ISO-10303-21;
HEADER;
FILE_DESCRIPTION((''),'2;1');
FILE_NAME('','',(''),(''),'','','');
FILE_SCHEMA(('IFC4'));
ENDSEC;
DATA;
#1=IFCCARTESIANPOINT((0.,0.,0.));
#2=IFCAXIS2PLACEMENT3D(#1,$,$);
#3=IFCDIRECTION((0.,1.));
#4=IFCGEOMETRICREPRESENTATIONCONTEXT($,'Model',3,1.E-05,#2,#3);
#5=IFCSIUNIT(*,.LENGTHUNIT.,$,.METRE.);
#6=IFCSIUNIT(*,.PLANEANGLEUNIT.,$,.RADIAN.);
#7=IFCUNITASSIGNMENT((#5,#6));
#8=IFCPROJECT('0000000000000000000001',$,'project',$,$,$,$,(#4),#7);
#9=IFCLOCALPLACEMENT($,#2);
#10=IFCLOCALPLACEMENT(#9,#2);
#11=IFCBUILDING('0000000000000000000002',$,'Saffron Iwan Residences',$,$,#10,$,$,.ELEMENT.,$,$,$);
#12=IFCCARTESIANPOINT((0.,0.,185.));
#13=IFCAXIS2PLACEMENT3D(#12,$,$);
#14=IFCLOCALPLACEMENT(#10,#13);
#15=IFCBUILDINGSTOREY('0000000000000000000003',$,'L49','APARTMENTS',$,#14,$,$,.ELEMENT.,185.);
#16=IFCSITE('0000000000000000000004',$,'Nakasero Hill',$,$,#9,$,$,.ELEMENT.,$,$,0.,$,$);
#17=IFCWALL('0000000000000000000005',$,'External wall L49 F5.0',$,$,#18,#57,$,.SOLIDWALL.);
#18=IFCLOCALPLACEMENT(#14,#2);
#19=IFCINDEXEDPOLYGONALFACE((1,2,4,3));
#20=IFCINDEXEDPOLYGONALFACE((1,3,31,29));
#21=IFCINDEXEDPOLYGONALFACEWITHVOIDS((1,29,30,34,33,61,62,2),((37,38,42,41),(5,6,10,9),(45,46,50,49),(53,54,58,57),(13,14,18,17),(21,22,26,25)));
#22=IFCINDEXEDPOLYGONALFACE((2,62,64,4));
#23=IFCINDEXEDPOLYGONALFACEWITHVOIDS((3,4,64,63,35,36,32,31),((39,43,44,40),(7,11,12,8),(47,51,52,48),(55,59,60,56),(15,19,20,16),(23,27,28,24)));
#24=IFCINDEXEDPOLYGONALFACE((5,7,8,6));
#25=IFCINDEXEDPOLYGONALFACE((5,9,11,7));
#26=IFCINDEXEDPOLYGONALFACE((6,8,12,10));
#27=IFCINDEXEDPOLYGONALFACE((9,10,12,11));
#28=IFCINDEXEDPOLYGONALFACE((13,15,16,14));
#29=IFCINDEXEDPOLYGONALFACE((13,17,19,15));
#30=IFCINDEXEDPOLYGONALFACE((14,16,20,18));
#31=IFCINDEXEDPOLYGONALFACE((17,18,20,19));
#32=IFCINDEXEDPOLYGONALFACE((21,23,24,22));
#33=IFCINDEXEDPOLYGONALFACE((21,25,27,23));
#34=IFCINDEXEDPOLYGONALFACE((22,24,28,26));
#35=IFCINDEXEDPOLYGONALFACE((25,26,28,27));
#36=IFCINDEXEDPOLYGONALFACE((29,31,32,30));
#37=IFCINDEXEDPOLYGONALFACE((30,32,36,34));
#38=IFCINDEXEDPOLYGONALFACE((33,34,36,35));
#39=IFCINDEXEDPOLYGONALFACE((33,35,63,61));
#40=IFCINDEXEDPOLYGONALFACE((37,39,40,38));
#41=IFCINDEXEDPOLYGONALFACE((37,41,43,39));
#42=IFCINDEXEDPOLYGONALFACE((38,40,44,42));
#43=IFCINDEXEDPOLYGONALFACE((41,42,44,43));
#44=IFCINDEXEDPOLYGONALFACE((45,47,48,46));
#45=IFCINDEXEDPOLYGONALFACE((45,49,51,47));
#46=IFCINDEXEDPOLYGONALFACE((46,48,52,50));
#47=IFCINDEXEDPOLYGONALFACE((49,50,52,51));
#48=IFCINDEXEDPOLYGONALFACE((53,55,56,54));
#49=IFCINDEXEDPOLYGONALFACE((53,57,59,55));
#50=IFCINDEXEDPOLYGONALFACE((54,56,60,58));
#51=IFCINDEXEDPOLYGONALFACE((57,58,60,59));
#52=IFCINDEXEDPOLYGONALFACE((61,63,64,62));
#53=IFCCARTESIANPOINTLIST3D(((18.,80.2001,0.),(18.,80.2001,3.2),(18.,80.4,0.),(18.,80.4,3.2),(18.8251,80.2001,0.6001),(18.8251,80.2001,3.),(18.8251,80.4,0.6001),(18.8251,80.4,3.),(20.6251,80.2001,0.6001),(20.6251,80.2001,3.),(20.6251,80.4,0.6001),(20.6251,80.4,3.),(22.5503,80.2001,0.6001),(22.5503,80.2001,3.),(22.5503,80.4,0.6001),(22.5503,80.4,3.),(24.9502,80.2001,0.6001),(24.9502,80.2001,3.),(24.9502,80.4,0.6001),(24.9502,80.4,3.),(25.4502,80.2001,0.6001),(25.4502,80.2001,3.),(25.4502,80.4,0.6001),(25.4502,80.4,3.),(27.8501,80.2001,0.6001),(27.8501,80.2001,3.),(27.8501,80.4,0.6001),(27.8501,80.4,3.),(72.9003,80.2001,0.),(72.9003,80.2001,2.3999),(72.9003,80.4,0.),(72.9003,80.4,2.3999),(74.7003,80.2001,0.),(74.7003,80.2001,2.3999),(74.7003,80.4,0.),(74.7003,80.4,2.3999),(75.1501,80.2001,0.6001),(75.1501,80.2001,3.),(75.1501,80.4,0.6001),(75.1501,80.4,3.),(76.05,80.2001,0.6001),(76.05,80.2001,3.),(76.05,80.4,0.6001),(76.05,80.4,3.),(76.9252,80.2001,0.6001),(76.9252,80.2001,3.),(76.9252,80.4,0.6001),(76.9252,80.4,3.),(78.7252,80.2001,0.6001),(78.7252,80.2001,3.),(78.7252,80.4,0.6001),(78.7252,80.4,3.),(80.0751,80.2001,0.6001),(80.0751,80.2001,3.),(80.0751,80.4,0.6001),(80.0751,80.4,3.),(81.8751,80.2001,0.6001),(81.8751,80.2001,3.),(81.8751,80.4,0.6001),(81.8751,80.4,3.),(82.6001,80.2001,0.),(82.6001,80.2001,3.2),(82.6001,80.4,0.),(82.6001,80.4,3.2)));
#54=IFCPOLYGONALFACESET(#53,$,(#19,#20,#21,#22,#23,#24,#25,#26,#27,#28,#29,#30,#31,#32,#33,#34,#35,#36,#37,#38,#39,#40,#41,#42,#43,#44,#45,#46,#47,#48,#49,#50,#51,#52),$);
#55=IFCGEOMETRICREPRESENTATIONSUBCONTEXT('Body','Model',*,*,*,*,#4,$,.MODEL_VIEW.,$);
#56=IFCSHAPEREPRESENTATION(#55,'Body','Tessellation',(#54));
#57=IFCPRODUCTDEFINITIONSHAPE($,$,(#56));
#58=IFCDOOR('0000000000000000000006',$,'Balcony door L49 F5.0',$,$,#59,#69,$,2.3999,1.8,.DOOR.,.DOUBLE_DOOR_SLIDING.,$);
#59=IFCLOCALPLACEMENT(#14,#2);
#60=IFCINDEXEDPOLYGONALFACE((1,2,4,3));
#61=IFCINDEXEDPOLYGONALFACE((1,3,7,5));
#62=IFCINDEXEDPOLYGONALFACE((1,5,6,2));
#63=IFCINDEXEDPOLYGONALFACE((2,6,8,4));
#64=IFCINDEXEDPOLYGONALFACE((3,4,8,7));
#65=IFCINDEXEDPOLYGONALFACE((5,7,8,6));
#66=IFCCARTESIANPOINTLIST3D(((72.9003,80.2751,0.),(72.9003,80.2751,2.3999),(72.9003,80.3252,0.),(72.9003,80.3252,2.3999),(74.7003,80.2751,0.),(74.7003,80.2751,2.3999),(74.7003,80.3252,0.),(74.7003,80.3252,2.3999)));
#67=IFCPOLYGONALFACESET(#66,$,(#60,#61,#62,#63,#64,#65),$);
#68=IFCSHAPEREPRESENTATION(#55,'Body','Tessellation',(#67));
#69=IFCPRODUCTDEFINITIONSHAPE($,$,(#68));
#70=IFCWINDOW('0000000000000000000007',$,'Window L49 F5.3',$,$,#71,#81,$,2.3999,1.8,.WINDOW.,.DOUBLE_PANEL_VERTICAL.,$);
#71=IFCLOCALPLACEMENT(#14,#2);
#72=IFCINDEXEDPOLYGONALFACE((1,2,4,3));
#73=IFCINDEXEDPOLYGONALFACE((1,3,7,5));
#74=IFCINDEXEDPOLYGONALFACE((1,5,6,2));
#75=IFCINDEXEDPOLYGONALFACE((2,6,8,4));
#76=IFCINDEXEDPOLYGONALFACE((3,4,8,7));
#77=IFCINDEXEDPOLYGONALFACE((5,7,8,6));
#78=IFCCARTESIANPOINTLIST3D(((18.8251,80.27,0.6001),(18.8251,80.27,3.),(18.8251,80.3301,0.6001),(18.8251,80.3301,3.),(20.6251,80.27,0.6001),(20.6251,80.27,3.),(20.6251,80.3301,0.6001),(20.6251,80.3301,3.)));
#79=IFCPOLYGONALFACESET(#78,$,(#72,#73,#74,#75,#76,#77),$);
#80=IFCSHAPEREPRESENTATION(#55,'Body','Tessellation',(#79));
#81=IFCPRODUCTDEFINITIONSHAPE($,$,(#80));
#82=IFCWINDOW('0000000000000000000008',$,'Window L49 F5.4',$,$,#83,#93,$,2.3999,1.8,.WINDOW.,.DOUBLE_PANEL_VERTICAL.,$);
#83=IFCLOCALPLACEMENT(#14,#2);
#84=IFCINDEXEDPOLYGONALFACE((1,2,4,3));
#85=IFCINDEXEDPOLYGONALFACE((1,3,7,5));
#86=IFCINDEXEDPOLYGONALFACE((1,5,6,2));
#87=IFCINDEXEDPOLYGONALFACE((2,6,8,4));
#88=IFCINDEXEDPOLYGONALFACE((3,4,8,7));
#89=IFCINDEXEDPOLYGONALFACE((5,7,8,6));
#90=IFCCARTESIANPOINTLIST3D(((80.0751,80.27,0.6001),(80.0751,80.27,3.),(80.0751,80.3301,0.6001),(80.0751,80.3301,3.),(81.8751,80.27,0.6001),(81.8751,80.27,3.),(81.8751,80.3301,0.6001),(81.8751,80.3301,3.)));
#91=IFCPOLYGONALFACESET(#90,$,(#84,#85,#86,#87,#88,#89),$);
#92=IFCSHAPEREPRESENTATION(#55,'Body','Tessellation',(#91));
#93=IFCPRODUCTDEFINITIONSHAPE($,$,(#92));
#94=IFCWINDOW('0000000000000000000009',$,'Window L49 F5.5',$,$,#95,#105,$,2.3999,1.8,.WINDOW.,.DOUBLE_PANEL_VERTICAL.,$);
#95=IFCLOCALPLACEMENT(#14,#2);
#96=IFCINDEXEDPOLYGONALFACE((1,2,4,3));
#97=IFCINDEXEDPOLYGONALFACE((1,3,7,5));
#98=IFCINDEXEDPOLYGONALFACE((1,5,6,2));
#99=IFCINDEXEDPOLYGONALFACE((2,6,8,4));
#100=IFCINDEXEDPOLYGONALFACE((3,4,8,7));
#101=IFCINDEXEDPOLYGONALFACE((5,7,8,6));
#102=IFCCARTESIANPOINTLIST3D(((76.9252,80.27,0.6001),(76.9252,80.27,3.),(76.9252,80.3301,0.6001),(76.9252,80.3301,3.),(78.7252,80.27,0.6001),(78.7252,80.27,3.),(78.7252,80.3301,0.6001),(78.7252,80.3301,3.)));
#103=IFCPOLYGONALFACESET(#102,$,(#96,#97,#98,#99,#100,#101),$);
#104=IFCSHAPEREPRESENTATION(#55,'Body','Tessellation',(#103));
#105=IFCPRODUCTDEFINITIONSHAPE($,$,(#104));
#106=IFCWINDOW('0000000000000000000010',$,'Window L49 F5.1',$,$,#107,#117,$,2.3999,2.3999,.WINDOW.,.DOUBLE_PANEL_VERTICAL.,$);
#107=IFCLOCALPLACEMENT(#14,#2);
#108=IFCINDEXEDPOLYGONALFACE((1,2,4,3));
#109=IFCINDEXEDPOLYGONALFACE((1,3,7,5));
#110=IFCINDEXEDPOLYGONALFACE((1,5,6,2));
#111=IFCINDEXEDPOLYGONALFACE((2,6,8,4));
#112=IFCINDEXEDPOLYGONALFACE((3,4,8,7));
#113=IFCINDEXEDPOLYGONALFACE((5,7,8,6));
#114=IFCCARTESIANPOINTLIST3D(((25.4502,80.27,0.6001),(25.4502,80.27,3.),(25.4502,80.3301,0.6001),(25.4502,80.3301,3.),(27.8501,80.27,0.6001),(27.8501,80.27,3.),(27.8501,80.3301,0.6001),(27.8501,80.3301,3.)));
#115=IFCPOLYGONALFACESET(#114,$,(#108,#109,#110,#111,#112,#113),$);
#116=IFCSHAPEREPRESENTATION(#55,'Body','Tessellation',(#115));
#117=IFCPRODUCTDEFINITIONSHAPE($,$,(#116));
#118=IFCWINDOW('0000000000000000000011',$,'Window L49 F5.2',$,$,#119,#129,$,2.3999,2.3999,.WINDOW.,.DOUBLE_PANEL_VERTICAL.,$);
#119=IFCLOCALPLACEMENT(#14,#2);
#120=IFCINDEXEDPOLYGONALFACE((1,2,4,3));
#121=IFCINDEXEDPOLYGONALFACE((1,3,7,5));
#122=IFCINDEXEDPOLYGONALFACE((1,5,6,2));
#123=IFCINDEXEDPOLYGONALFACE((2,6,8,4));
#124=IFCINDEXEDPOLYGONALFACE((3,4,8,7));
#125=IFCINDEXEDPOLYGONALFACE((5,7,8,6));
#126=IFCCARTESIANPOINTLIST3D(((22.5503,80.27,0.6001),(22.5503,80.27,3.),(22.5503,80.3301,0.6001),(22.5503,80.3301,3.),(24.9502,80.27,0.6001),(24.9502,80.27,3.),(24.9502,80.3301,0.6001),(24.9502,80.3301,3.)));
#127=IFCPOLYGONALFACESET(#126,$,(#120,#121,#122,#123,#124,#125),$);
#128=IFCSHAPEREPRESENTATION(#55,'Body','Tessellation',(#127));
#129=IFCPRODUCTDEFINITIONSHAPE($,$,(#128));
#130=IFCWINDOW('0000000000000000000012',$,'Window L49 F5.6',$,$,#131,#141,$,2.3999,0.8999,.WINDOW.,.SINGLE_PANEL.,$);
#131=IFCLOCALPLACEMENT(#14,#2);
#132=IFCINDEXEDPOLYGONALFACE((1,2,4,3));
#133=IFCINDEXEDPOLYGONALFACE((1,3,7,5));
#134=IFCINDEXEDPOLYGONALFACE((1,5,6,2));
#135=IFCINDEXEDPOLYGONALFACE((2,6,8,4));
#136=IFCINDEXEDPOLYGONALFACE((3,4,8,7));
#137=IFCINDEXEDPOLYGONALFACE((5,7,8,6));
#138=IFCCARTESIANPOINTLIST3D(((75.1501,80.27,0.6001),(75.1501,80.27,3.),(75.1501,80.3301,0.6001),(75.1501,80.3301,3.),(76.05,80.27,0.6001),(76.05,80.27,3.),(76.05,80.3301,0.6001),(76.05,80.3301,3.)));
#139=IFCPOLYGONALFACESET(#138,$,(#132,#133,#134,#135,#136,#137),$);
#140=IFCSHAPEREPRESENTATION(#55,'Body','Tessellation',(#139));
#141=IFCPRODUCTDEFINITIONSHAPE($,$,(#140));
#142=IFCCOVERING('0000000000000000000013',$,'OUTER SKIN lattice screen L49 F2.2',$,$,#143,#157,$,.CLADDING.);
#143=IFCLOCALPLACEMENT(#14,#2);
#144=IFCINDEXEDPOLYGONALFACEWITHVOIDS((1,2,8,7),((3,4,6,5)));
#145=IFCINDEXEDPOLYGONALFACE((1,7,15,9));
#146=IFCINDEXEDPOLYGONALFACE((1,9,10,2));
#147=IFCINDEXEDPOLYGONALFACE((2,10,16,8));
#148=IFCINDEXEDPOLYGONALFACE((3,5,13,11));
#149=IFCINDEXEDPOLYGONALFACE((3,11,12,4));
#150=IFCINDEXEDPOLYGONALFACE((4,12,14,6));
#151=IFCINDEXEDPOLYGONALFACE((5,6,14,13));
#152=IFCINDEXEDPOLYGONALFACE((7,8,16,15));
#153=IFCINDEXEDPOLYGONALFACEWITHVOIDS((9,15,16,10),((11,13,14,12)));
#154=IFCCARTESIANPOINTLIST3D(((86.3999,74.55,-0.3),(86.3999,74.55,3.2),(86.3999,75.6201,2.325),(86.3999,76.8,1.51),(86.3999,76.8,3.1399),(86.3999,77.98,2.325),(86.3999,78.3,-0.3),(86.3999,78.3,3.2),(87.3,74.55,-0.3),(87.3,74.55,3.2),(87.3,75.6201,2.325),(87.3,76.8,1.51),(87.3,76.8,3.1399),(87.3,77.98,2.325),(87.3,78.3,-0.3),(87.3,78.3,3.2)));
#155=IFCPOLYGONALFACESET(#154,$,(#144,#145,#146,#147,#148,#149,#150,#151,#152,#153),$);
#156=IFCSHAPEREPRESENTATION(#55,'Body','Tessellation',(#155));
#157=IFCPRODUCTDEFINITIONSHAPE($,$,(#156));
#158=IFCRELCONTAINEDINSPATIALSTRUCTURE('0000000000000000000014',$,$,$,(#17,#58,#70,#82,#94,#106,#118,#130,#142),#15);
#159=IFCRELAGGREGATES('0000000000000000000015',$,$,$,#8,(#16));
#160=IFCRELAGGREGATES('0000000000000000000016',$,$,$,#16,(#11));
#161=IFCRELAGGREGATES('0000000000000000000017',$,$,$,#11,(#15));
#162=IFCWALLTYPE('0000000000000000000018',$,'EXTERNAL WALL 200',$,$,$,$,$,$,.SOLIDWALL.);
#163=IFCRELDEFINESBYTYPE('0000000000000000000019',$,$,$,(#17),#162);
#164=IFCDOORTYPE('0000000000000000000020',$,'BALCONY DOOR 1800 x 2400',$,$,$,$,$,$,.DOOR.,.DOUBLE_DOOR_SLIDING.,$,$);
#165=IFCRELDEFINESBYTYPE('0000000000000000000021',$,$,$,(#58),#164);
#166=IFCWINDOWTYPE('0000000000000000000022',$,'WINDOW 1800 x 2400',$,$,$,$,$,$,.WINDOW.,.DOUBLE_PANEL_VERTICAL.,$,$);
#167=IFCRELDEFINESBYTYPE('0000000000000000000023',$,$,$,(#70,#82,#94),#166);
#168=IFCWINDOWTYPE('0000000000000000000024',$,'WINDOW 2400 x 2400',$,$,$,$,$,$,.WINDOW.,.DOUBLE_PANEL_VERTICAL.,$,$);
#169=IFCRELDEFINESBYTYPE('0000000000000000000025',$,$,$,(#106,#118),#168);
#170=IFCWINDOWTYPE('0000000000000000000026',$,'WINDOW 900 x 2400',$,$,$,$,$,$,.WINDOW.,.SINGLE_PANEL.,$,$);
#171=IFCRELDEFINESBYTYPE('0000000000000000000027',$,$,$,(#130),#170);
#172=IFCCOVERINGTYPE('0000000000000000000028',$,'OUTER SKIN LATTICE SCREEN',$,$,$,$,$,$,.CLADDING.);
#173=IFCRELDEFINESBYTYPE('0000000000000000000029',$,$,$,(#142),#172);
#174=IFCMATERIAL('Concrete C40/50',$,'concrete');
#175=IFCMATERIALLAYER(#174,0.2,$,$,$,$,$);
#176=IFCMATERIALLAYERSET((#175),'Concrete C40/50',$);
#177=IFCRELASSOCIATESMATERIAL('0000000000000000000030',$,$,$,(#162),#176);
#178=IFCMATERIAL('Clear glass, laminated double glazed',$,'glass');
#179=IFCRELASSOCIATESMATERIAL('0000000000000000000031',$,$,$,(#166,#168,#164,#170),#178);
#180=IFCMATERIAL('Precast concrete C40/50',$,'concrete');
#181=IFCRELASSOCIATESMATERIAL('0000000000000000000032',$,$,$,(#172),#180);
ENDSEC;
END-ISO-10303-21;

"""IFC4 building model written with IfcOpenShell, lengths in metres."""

from ifc_helpers import new_model, si_unit, direction, frame, frame_2d, origin, place, context, subcontext, project, spatial, polyline, rectangle, outline, extrude, material, layer, layer_set, type_object, element, fill, save


model = new_model("IFC4")

# Units and contexts
model_context = context("Model", 3, precision=1e-05, world=origin(), true_north=direction((0.0, 1.0)))
body_context = subcontext(model_context, "Body", "Model", "MODEL_VIEW")
ifc_project = project(units=[si_unit("LENGTHUNIT", "METRE"), si_unit("PLANEANGLEUNIT", "RADIAN")], contexts=[model_context])

# Site, building, storey
site_placement = place(None, origin())
site = spatial("IfcSite", under=ifc_project, at=site_placement, Name="Nakasero Hill", CompositionType="ELEMENT", RefElevation=0.0)
building_placement = place(site_placement, origin())
building = spatial("IfcBuilding", under=site, at=building_placement, Name="Saffron Iwan Residences", CompositionType="ELEMENT")
storey_placement = place(building_placement, frame((0.0, 0.0, 185.0)))
storey = spatial("IfcBuildingStorey", under=building, at=storey_placement, Name="L49", Description="APARTMENTS", CompositionType="ELEMENT", Elevation=185.0)

# Shared definitions
ifc_material_1 = material(Name="Concrete C40/50", Category="concrete")
ifc_layer_1 = layer(ifc_material_1, 0.2)
ifc_layer_set_1 = layer_set([ifc_layer_1], Name="Concrete C40/50")
wall_type_1 = type_object("IfcWallType", Name="EXTERNAL WALL 200", PredefinedType="SOLIDWALL", material=ifc_layer_set_1)
ifc_material_2 = material(Name="Clear glass, laminated double glazed", Category="glass")
window_type_1 = type_object("IfcWindowType", Name="WINDOW 1800 x 2400", PartitioningType="DOUBLE_PANEL_VERTICAL", PredefinedType="WINDOW", material=ifc_material_2)
window_type_2 = type_object("IfcWindowType", Name="WINDOW 2400 x 2400", PartitioningType="DOUBLE_PANEL_VERTICAL", PredefinedType="WINDOW", material=ifc_material_2)

# Wall, openings, door, windows
wall_1_placement = place(storey_placement, frame((82.6001, 80.3, 0.0), z_axis=(0.0, 0.0, 1.0), x_axis=(-1.0, 0.0, 0.0)))
wall_1 = element("IfcWall", 1, at=wall_1_placement, inside=storey, type_object=wall_type_1, Name="External wall L49 F5.0", PredefinedType="SOLIDWALL", context=body_context, shape_type="SweptSolid", body=[
    extrude(rectangle(XDim=64.6001, YDim=0.2, at=frame_2d((32.3, 0.0))), origin(), (0.0, 0.0, 1.0), 3.2),
])
opening_1_placement = place(wall_1_placement, frame((7.8999, 0.0, 0.0)))
opening_1 = element("IfcOpeningElement", 2, at=opening_1_placement, cuts=wall_1, PredefinedType="OPENING", context=body_context, shape_type="SweptSolid", body=[
    extrude(rectangle(XDim=1.8, YDim=2.3999, at=frame_2d((0.8999, 1.2))), frame((0.0, 0.1099, 0.0), z_axis=(0.0, -1.0, 0.0), x_axis=(1.0, 0.0, 0.0)), (0.0, 0.0, 1.0), 0.22),
])
opening_2_placement = place(wall_1_placement, frame((54.75, 0.0, 0.6001)))
opening_2 = element("IfcOpeningElement", 3, at=opening_2_placement, cuts=wall_1, PredefinedType="OPENING", context=body_context, shape_type="SweptSolid", body=[
    extrude(rectangle(XDim=2.3999, YDim=2.3999, at=frame_2d((1.2, 1.2))), frame((0.0, 0.1099, 0.0), z_axis=(0.0, -1.0, 0.0), x_axis=(1.0, 0.0, 0.0)), (0.0, 0.0, 1.0), 0.22),
])
opening_3_placement = place(wall_1_placement, frame((57.6499, 0.0, 0.6001)))
opening_3 = element("IfcOpeningElement", 4, at=opening_3_placement, cuts=wall_1, PredefinedType="OPENING", context=body_context, shape_type="SweptSolid", body=[
    extrude(rectangle(XDim=2.3999, YDim=2.3999, at=frame_2d((1.2, 1.2))), frame((0.0, 0.1099, 0.0), z_axis=(0.0, -1.0, 0.0), x_axis=(1.0, 0.0, 0.0)), (0.0, 0.0, 1.0), 0.22),
])
opening_4_placement = place(wall_1_placement, frame((61.9751, 0.0, 0.6001)))
opening_4 = element("IfcOpeningElement", 5, at=opening_4_placement, cuts=wall_1, PredefinedType="OPENING", context=body_context, shape_type="SweptSolid", body=[
    extrude(rectangle(XDim=1.8, YDim=2.3999, at=frame_2d((0.8999, 1.2))), frame((0.0, 0.1099, 0.0), z_axis=(0.0, -1.0, 0.0), x_axis=(1.0, 0.0, 0.0)), (0.0, 0.0, 1.0), 0.22),
])
opening_5_placement = place(wall_1_placement, frame((0.7251, 0.0, 0.6001)))
opening_5 = element("IfcOpeningElement", 6, at=opening_5_placement, cuts=wall_1, PredefinedType="OPENING", context=body_context, shape_type="SweptSolid", body=[
    extrude(rectangle(XDim=1.8, YDim=2.3999, at=frame_2d((0.8999, 1.2))), frame((0.0, 0.1099, 0.0), z_axis=(0.0, -1.0, 0.0), x_axis=(1.0, 0.0, 0.0)), (0.0, 0.0, 1.0), 0.22),
])
opening_6_placement = place(wall_1_placement, frame((3.875, 0.0, 0.6001)))
opening_6 = element("IfcOpeningElement", 7, at=opening_6_placement, cuts=wall_1, PredefinedType="OPENING", context=body_context, shape_type="SweptSolid", body=[
    extrude(rectangle(XDim=1.8, YDim=2.3999, at=frame_2d((0.8999, 1.2))), frame((0.0, 0.1099, 0.0), z_axis=(0.0, -1.0, 0.0), x_axis=(1.0, 0.0, 0.0)), (0.0, 0.0, 1.0), 0.22),
])
opening_7_placement = place(wall_1_placement, frame((6.55, 0.0, 0.6001)))
opening_7 = element("IfcOpeningElement", 8, at=opening_7_placement, cuts=wall_1, PredefinedType="OPENING", context=body_context, shape_type="SweptSolid", body=[
    extrude(rectangle(XDim=0.8999, YDim=2.3999, at=frame_2d((0.45, 1.2))), frame((0.0, 0.1099, 0.0), z_axis=(0.0, -1.0, 0.0), x_axis=(1.0, 0.0, 0.0)), (0.0, 0.0, 1.0), 0.22),
])
door_type = type_object("IfcDoorType", Name="BALCONY DOOR 1800 x 2400", OperationType="DOUBLE_DOOR_SLIDING", PredefinedType="DOOR", material=ifc_material_2)
door_placement = place(opening_1_placement, origin())
door = element("IfcDoor", 9, at=door_placement, inside=storey, type_object=door_type, Name="Balcony door L49 F5.0", OperationType="DOUBLE_DOOR_SLIDING", OverallHeight=2.3999, OverallWidth=1.8, PredefinedType="DOOR", context=body_context, shape_type="SweptSolid", body=[
    extrude(rectangle(XDim=1.8, YDim=2.3999, at=frame_2d((0.8999, 1.2))), frame((0.0, 0.0249, 0.0), z_axis=(0.0, -1.0, 0.0), x_axis=(1.0, 0.0, 0.0)), (0.0, 0.0, 1.0), 0.05),
])
fill(opening_1, door)
window_1_placement = place(opening_4_placement, origin())
window_1 = element("IfcWindow", 10, at=window_1_placement, inside=storey, type_object=window_type_1, Name="Window L49 F5.3", OverallHeight=2.3999, OverallWidth=1.8, PartitioningType="DOUBLE_PANEL_VERTICAL", PredefinedType="WINDOW", context=body_context, shape_type="SweptSolid", body=[
    extrude(rectangle(XDim=1.8, YDim=2.3999, at=frame_2d((0.8999, 1.2))), frame((0.0, 0.03, 0.0), z_axis=(0.0, -1.0, 0.0), x_axis=(1.0, 0.0, 0.0)), (0.0, 0.0, 1.0), 0.0601),
])
fill(opening_4, window_1)
window_2_placement = place(opening_5_placement, origin())
window_2 = element("IfcWindow", 11, at=window_2_placement, inside=storey, type_object=window_type_1, Name="Window L49 F5.4", OverallHeight=2.3999, OverallWidth=1.8, PartitioningType="DOUBLE_PANEL_VERTICAL", PredefinedType="WINDOW", context=body_context, shape_type="SweptSolid", body=[
    extrude(rectangle(XDim=1.8, YDim=2.3999, at=frame_2d((0.8999, 1.2))), frame((0.0, 0.03, 0.0), z_axis=(0.0, -1.0, 0.0), x_axis=(1.0, 0.0, 0.0)), (0.0, 0.0, 1.0), 0.0601),
])
fill(opening_5, window_2)
window_3_placement = place(opening_6_placement, origin())
window_3 = element("IfcWindow", 12, at=window_3_placement, inside=storey, type_object=window_type_1, Name="Window L49 F5.5", OverallHeight=2.3999, OverallWidth=1.8, PartitioningType="DOUBLE_PANEL_VERTICAL", PredefinedType="WINDOW", context=body_context, shape_type="SweptSolid", body=[
    extrude(rectangle(XDim=1.8, YDim=2.3999, at=frame_2d((0.8999, 1.2))), frame((0.0, 0.03, 0.0), z_axis=(0.0, -1.0, 0.0), x_axis=(1.0, 0.0, 0.0)), (0.0, 0.0, 1.0), 0.0601),
])
fill(opening_6, window_3)
window_4_placement = place(opening_2_placement, origin())
window_4 = element("IfcWindow", 13, at=window_4_placement, inside=storey, type_object=window_type_2, Name="Window L49 F5.1", OverallHeight=2.3999, OverallWidth=2.3999, PartitioningType="DOUBLE_PANEL_VERTICAL", PredefinedType="WINDOW", context=body_context, shape_type="SweptSolid", body=[
    extrude(rectangle(XDim=2.3999, YDim=2.3999, at=frame_2d((1.2, 1.2))), frame((0.0, 0.03, 0.0), z_axis=(0.0, -1.0, 0.0), x_axis=(1.0, 0.0, 0.0)), (0.0, 0.0, 1.0), 0.0601),
])
fill(opening_2, window_4)
window_5_placement = place(opening_3_placement, origin())
window_5 = element("IfcWindow", 14, at=window_5_placement, inside=storey, type_object=window_type_2, Name="Window L49 F5.2", OverallHeight=2.3999, OverallWidth=2.3999, PartitioningType="DOUBLE_PANEL_VERTICAL", PredefinedType="WINDOW", context=body_context, shape_type="SweptSolid", body=[
    extrude(rectangle(XDim=2.3999, YDim=2.3999, at=frame_2d((1.2, 1.2))), frame((0.0, 0.03, 0.0), z_axis=(0.0, -1.0, 0.0), x_axis=(1.0, 0.0, 0.0)), (0.0, 0.0, 1.0), 0.0601),
])
fill(opening_3, window_5)
window_type_3 = type_object("IfcWindowType", Name="WINDOW 900 x 2400", PartitioningType="SINGLE_PANEL", PredefinedType="WINDOW", material=ifc_material_2)
window_6_placement = place(opening_7_placement, origin())
window_6 = element("IfcWindow", 15, at=window_6_placement, inside=storey, type_object=window_type_3, Name="Window L49 F5.6", OverallHeight=2.3999, OverallWidth=0.8999, PartitioningType="SINGLE_PANEL", PredefinedType="WINDOW", context=body_context, shape_type="SweptSolid", body=[
    extrude(rectangle(XDim=0.8999, YDim=2.3999, at=frame_2d((0.45, 1.2))), frame((0.0, 0.03, 0.0), z_axis=(0.0, -1.0, 0.0), x_axis=(1.0, 0.0, 0.0)), (0.0, 0.0, 1.0), 0.0601),
])
fill(opening_7, window_6)

# Covering
ifc_material_3 = material(Name="Precast concrete C40/50", Category="concrete")
covering_type = type_object("IfcCoveringType", Name="OUTER SKIN LATTICE SCREEN", PredefinedType="CLADDING", material=ifc_material_3)
covering_1_placement = place(storey_placement, frame((86.3999, 74.55, -0.3), z_axis=(1.0, 0.0, 0.0), x_axis=(0.0, 1.0, 0.0)))
element("IfcCovering", 16, at=covering_1_placement, inside=storey, type_object=covering_type, Name="OUTER SKIN lattice screen L49 F2.2", PredefinedType="CLADDING", context=body_context, shape_type="SweptSolid", body=[
    extrude(outline(polyline([(0.0, 0.0), (3.75, 0.0), (3.75, 3.5), (0.0, 3.5), (0.0, 0.0)]), holes=[polyline([(1.0701, 2.625), (2.25, 1.8101), (3.4299, 2.625), (2.25, 3.4399), (1.0701, 2.625)])]), origin(), (0.0, 0.0, 1.0), 0.9001),
])

save(model, "model.ifc")
